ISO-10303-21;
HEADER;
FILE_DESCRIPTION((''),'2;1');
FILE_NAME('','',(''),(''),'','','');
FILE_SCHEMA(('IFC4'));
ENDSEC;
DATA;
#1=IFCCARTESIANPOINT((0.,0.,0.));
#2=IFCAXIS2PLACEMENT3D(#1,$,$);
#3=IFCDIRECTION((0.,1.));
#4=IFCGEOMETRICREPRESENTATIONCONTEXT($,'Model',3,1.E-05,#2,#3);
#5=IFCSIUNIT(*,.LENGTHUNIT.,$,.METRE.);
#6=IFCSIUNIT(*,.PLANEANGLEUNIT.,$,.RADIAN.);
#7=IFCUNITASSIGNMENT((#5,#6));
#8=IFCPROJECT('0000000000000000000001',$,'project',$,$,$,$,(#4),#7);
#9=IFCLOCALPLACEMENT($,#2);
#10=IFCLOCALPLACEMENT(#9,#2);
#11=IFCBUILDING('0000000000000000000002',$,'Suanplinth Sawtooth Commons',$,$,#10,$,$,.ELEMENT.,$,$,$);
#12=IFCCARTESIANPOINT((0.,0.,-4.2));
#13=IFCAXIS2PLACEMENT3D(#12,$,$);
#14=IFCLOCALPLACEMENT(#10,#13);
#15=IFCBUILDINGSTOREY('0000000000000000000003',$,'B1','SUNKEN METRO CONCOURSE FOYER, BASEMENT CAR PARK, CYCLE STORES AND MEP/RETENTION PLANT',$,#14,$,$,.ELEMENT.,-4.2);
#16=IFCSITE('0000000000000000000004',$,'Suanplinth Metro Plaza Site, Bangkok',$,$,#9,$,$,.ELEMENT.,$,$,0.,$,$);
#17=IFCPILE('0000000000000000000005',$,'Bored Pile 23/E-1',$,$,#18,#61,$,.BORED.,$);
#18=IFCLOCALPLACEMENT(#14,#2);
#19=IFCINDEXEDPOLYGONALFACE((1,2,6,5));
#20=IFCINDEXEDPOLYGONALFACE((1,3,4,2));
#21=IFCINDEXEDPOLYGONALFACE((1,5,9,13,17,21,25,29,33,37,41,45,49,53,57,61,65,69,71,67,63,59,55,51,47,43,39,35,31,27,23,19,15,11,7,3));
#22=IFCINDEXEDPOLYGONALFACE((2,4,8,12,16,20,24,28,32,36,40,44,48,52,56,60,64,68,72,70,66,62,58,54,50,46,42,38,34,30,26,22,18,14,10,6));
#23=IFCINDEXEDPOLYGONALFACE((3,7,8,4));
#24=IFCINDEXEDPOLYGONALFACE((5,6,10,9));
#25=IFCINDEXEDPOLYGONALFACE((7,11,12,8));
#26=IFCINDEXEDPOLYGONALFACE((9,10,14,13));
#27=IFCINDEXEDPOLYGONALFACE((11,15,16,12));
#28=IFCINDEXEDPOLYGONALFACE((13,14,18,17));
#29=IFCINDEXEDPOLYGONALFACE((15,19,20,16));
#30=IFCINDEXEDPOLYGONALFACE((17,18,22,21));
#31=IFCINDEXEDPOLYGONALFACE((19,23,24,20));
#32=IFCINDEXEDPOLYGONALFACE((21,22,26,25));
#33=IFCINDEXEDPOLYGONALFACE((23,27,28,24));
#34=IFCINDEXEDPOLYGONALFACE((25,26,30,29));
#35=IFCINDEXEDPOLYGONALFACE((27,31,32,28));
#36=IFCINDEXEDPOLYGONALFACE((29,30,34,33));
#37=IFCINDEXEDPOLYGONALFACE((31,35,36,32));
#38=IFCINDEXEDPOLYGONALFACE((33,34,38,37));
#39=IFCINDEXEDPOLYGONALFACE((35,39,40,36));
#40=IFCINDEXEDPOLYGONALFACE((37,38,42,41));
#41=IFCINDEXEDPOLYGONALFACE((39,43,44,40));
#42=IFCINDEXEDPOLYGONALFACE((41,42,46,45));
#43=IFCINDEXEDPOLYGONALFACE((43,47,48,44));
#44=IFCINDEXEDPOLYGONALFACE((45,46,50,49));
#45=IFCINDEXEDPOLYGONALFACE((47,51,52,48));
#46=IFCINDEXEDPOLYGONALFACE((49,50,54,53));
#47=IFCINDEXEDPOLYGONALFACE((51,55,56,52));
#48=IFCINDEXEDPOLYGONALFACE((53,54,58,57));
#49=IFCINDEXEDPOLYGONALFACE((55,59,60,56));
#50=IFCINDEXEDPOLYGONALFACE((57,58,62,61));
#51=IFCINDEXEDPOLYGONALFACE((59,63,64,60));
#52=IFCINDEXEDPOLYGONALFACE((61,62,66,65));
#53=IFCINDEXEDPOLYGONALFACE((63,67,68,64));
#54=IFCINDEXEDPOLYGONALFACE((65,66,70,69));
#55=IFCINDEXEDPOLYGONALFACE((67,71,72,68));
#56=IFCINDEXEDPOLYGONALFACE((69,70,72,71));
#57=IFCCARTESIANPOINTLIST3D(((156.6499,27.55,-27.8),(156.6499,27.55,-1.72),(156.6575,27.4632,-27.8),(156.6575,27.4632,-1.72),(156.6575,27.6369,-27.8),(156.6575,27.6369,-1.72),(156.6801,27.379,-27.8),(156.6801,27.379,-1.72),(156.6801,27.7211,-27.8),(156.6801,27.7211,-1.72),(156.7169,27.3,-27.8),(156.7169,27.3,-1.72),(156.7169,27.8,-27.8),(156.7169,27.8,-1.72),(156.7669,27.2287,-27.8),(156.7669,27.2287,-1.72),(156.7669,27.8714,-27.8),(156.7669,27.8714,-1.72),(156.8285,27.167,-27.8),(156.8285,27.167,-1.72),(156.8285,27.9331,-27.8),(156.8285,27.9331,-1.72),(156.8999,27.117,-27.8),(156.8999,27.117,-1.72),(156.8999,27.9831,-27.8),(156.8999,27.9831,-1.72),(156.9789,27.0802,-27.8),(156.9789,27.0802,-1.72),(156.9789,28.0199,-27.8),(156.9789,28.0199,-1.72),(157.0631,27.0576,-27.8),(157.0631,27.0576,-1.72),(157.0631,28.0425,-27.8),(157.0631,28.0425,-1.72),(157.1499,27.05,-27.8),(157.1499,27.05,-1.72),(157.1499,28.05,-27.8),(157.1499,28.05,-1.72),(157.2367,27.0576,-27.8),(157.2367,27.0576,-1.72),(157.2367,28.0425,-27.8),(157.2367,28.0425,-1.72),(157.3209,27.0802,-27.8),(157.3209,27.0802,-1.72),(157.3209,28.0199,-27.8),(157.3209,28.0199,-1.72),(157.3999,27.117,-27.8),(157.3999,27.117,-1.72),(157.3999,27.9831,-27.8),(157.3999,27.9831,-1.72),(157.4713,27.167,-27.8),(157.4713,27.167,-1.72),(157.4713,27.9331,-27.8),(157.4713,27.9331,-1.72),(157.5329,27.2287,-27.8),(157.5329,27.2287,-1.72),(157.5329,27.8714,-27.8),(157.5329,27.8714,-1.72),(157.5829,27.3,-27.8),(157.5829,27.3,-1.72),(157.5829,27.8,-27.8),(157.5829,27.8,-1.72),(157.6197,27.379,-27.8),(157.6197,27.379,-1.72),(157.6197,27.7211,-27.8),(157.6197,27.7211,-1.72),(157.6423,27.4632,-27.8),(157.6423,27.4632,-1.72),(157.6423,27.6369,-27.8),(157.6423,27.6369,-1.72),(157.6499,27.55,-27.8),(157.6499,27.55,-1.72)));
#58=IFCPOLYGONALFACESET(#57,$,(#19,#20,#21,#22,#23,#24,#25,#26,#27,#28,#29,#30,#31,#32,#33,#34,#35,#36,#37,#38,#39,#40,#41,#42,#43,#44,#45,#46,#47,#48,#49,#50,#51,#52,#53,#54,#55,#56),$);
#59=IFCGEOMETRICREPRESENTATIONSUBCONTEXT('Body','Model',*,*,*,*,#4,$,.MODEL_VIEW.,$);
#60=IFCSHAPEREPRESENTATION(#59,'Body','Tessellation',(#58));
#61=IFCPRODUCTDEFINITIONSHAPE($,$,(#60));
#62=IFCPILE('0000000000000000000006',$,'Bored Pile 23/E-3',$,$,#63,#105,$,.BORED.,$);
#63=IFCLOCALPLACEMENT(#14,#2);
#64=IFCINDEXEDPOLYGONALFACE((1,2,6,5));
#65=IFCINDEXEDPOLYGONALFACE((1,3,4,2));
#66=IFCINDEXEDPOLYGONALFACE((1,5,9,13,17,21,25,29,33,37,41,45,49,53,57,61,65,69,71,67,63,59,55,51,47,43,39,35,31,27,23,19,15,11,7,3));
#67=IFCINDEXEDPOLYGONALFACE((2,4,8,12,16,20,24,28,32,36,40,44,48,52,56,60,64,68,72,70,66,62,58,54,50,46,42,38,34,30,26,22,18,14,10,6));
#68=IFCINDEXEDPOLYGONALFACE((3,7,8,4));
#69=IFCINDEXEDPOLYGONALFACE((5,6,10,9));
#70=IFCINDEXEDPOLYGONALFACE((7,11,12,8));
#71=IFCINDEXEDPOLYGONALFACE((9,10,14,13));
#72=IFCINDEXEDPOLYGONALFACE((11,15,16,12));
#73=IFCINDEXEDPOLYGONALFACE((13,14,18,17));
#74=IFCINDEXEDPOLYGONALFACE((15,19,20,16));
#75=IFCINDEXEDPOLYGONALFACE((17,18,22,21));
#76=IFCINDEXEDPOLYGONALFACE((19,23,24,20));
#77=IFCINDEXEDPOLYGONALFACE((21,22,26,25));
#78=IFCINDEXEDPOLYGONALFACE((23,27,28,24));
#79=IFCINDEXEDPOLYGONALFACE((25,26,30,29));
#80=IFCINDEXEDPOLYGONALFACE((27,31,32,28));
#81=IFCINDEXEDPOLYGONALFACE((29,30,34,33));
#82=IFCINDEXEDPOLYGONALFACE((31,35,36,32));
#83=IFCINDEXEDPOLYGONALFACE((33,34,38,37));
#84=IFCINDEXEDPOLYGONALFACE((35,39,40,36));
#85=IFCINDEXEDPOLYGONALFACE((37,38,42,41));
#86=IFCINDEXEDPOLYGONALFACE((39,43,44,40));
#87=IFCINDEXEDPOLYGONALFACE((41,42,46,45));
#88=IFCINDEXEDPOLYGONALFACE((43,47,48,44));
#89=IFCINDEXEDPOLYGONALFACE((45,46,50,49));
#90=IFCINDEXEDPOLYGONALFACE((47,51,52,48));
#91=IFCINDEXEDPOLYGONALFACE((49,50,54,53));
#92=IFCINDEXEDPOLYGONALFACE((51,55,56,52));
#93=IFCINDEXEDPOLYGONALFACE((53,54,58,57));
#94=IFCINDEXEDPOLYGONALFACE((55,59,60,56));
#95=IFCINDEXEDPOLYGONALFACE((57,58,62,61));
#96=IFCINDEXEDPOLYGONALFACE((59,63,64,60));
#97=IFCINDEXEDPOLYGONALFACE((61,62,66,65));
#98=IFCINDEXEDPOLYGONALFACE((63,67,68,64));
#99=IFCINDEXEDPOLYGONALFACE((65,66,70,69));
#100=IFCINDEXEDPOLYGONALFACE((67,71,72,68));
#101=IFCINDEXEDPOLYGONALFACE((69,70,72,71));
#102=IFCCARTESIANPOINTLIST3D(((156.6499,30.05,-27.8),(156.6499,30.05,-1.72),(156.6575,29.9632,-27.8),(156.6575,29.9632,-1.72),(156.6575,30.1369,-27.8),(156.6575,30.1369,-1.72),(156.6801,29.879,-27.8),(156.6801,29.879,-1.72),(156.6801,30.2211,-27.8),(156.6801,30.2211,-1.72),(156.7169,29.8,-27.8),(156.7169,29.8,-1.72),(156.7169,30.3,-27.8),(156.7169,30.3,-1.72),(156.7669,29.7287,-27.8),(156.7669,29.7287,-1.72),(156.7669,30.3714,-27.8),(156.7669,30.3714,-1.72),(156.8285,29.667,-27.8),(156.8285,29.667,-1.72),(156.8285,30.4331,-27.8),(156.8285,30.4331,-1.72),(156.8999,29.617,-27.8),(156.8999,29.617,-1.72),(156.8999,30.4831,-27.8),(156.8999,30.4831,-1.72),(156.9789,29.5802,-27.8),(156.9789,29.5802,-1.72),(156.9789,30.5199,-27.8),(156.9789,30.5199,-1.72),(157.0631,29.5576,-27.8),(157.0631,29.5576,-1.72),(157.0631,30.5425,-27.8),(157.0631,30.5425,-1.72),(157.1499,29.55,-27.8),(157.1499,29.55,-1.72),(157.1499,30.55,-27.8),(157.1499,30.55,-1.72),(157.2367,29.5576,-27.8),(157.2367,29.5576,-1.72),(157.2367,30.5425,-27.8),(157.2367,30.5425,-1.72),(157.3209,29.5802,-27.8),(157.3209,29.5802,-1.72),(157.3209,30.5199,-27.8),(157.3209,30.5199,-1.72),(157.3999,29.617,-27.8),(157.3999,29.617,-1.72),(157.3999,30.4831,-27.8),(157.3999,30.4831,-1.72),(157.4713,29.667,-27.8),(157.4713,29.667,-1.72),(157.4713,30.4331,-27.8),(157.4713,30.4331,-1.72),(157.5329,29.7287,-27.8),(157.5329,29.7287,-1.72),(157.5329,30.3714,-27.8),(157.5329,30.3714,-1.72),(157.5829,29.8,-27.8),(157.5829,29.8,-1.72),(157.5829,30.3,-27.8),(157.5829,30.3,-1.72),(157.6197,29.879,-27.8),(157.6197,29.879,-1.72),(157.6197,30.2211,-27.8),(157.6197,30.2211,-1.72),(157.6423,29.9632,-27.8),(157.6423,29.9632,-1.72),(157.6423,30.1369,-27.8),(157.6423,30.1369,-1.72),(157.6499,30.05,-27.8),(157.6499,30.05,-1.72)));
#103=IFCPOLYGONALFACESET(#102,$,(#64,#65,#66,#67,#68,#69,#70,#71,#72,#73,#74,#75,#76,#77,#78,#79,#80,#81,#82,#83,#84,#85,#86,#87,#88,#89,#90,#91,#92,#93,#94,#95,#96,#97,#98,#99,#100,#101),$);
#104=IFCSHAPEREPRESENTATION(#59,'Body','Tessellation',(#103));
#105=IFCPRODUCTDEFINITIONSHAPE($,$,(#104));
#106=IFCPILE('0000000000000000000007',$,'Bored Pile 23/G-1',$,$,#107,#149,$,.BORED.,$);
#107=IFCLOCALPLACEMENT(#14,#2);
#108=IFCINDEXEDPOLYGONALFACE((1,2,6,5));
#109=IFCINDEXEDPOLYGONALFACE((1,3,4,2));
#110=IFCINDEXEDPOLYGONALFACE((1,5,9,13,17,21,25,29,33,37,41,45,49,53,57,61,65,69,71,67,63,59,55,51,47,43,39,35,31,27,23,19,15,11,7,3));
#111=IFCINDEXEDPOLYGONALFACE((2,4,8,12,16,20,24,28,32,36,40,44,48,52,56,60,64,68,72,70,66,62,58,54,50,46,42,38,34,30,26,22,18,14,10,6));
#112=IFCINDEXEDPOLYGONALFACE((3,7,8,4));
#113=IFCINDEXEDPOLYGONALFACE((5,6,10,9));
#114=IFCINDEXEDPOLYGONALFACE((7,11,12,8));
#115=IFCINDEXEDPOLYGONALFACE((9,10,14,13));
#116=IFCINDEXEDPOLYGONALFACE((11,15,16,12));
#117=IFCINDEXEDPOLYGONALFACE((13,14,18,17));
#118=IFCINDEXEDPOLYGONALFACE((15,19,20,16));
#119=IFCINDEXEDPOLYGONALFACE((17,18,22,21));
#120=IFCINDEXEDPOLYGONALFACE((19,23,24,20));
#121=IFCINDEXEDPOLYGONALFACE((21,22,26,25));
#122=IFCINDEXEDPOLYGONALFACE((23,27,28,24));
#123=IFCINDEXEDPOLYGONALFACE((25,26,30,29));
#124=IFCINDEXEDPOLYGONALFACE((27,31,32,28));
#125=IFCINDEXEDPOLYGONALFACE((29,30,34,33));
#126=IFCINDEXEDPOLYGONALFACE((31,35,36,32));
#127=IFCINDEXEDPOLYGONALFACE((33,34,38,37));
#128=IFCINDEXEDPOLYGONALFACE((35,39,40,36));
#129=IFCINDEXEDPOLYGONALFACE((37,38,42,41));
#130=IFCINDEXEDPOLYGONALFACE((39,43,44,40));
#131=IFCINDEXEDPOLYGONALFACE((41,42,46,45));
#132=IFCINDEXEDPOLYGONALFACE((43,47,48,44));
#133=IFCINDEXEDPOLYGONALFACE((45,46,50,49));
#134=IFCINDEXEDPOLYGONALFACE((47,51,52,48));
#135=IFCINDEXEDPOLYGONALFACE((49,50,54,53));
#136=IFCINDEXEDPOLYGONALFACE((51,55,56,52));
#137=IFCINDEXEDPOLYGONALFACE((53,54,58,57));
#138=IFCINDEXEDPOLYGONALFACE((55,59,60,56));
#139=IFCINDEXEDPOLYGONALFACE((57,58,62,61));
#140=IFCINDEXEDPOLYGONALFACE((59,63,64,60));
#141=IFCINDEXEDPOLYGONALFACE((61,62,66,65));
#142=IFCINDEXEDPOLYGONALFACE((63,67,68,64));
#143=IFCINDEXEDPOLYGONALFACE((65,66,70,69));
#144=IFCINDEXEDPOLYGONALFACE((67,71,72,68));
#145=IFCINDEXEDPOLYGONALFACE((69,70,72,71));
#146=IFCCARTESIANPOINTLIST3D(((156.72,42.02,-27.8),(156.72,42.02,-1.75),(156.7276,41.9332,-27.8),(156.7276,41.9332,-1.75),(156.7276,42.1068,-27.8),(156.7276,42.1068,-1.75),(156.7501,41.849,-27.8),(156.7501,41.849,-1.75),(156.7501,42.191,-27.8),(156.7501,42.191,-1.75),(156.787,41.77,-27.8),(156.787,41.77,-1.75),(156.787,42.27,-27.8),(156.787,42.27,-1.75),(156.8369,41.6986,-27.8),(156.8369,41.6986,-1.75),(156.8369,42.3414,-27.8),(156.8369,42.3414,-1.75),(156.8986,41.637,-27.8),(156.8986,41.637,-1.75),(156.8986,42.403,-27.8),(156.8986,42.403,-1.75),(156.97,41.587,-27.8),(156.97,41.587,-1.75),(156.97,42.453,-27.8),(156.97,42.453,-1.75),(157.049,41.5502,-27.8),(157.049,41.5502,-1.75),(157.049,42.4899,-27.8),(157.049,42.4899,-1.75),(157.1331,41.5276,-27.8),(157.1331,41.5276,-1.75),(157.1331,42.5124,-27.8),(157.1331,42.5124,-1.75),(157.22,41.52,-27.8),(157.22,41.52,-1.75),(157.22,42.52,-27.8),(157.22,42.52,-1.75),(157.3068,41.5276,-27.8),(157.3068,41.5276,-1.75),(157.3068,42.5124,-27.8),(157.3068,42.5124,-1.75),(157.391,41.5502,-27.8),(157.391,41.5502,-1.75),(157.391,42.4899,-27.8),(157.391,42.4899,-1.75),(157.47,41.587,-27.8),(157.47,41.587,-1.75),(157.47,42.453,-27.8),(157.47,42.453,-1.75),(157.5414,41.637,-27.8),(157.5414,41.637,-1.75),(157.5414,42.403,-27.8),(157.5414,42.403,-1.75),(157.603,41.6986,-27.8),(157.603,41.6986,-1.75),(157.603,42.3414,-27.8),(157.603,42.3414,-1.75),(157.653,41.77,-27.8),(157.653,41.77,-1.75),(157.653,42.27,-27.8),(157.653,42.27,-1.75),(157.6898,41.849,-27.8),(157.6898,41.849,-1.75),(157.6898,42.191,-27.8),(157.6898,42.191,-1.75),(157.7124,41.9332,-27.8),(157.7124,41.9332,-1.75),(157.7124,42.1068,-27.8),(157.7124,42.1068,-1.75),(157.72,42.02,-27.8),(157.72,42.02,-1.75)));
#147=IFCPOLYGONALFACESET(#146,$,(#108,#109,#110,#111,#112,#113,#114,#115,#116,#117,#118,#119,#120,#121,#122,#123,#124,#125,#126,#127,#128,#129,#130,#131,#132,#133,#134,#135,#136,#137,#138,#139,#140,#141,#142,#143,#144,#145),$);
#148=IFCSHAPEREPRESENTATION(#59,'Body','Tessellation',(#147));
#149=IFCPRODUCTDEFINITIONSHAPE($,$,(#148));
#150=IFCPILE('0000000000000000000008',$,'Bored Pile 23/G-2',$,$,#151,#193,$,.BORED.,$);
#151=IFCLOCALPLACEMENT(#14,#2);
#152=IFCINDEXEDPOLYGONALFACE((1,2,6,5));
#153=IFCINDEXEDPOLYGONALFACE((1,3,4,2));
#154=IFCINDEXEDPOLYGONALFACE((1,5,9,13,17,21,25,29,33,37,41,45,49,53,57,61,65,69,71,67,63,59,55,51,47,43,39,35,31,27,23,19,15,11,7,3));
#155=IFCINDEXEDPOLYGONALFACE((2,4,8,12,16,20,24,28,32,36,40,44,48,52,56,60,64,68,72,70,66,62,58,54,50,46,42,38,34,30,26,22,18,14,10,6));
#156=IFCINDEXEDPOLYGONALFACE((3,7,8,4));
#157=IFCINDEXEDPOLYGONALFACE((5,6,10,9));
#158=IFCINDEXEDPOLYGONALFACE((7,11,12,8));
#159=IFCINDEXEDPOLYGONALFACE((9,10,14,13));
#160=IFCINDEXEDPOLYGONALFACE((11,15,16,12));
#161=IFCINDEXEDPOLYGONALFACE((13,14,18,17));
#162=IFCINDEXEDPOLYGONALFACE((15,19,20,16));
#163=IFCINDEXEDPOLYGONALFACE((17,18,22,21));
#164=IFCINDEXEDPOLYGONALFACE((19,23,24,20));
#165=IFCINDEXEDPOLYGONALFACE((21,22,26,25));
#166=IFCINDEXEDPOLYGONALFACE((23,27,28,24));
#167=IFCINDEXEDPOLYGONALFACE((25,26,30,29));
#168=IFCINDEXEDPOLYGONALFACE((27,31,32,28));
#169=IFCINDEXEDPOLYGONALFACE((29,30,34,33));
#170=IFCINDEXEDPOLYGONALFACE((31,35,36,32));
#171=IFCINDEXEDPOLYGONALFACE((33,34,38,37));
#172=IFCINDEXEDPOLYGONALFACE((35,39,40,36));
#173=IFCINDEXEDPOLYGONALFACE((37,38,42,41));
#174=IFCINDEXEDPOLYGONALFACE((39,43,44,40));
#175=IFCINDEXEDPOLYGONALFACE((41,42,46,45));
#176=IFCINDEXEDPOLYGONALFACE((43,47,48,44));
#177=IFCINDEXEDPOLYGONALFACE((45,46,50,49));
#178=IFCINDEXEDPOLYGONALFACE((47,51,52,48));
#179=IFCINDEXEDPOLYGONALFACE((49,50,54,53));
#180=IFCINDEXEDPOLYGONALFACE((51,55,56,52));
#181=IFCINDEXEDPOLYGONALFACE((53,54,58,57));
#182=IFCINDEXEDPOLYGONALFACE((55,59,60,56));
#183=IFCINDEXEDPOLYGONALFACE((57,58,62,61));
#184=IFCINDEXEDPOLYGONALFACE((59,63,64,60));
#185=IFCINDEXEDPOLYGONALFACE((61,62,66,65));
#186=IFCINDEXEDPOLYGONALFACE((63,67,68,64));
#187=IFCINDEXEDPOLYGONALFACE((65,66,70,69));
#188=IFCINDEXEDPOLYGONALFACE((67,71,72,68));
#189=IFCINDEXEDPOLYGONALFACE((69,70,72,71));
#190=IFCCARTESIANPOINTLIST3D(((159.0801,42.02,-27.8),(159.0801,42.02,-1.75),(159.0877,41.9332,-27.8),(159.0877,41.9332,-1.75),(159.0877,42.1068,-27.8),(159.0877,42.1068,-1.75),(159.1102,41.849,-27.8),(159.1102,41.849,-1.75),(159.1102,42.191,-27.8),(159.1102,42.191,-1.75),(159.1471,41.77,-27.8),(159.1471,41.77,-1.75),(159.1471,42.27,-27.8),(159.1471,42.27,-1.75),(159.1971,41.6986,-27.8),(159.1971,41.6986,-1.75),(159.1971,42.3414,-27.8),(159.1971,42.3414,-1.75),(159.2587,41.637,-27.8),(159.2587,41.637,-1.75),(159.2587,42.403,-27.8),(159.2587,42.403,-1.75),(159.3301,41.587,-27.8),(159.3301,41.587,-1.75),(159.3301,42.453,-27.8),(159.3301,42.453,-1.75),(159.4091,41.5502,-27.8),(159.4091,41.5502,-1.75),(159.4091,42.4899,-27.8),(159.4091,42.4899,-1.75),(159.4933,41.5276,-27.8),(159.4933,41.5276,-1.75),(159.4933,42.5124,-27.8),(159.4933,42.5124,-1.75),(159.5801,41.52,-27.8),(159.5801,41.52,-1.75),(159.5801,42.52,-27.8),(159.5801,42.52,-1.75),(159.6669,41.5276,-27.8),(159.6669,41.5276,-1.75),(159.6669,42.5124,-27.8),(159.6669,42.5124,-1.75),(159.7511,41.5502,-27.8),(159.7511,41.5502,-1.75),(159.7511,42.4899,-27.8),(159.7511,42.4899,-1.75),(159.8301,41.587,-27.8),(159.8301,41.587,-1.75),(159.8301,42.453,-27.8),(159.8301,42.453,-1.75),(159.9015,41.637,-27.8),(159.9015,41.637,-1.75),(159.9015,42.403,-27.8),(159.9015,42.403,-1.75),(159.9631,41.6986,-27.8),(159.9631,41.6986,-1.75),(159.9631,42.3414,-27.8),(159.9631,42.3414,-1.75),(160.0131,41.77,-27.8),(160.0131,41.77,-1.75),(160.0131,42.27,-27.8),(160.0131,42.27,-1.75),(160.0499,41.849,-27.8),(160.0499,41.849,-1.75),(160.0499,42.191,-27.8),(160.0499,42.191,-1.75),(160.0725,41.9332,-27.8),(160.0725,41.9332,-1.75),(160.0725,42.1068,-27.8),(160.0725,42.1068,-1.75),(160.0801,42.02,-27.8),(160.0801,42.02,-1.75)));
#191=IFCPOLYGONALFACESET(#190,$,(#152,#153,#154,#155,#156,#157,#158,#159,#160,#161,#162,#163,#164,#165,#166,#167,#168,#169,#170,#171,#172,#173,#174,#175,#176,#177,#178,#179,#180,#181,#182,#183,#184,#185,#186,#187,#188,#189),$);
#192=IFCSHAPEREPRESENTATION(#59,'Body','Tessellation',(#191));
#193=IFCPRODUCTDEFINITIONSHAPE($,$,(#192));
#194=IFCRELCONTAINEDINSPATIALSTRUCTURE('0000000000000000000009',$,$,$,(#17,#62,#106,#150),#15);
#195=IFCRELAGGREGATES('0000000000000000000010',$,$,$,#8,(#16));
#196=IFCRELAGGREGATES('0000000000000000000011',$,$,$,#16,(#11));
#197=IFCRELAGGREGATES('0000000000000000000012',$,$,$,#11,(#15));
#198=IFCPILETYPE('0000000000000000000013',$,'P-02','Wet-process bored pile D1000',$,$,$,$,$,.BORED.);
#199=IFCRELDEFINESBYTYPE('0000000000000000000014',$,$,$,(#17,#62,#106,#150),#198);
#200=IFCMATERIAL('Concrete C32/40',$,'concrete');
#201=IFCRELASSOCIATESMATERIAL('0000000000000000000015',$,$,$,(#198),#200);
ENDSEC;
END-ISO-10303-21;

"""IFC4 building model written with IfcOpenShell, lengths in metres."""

from ifc_helpers import new_model, si_unit, direction, frame, origin, origin_2d, place, context, subcontext, project, spatial, circle, extrude, material, material_profile, profile_set, type_object, element, save


model = new_model("IFC4")

# Units and contexts
model_context = context("Model", 3, precision=1e-05, world=origin(), true_north=direction((0.0, 1.0)))
body_context = subcontext(model_context, "Body", "Model", "MODEL_VIEW")
ifc_project = project(units=[si_unit("LENGTHUNIT", "METRE"), si_unit("PLANEANGLEUNIT", "RADIAN")], contexts=[model_context])

# Site, building, storey
site_placement = place(None, origin())
site = spatial("IfcSite", under=ifc_project, at=site_placement, Name="Suanplinth Metro Plaza Site, Bangkok", CompositionType="ELEMENT", RefElevation=0.0)
building_placement = place(site_placement, origin())
building = spatial("IfcBuilding", under=site, at=building_placement, Name="Suanplinth Sawtooth Commons", CompositionType="ELEMENT")
storey_placement = place(building_placement, frame((0.0, 0.0, -4.2)))
storey = spatial("IfcBuildingStorey", under=building, at=storey_placement, Name="B1", Description="SUNKEN METRO CONCOURSE FOYER, BASEMENT CAR PARK, CYCLE STORES AND MEP/RETENTION PLANT", CompositionType="ELEMENT", Elevation=-4.2)

# Piles
ifc_material_1 = material(Name="Concrete C32/40", Category="concrete")
ifc_material_profile_1 = material_profile(ifc_material_1, circle(Radius=0.5, at=origin_2d()), Name="PILE D1000")
ifc_profile_set_1 = profile_set([ifc_material_profile_1], Name="Concrete C32/40")
pile_type_1 = type_object("IfcPileType", Name="P-02", Description="Wet-process bored pile D1000", PredefinedType="BORED", material=ifc_profile_set_1)
for number, where, z_axis, x_axis, name in (
    (1, (157.1499, 27.55, -1.72), (0.0, 0.0, -1.0), (1.0, 0.0, 0.0), "Bored Pile 23/E-1"),
    (2, (157.1499, 30.05, -1.72), (0.0, 0.0, -1.0), (1.0, 0.0, 0.0), "Bored Pile 23/E-3"),
):
    element("IfcPile", number, at=place(storey_placement, frame(where, z_axis=z_axis, x_axis=x_axis)), inside=storey, type_object=pile_type_1, Name=name, PredefinedType="BORED", context=body_context, shape_type="SweptSolid", body=[
        extrude(circle(Radius=0.5, at=origin_2d()), origin(), (0.0, 0.0, 1.0), 26.0801),
    ])
for number, where, z_axis, x_axis, name in (
    (3, (157.22, 42.02, -1.75), (0.0, 0.0, -1.0), (1.0, 0.0, 0.0), "Bored Pile 23/G-1"),
    (4, (159.5801, 42.02, -1.75), (0.0, 0.0, -1.0), (1.0, 0.0, 0.0), "Bored Pile 23/G-2"),
):
    element("IfcPile", number, at=place(storey_placement, frame(where, z_axis=z_axis, x_axis=x_axis)), inside=storey, type_object=pile_type_1, Name=name, PredefinedType="BORED", context=body_context, shape_type="SweptSolid", body=[
        extrude(circle(Radius=0.5, at=origin_2d()), origin(), (0.0, 0.0, 1.0), 26.05),
    ])

save(model, "model.ifc")
